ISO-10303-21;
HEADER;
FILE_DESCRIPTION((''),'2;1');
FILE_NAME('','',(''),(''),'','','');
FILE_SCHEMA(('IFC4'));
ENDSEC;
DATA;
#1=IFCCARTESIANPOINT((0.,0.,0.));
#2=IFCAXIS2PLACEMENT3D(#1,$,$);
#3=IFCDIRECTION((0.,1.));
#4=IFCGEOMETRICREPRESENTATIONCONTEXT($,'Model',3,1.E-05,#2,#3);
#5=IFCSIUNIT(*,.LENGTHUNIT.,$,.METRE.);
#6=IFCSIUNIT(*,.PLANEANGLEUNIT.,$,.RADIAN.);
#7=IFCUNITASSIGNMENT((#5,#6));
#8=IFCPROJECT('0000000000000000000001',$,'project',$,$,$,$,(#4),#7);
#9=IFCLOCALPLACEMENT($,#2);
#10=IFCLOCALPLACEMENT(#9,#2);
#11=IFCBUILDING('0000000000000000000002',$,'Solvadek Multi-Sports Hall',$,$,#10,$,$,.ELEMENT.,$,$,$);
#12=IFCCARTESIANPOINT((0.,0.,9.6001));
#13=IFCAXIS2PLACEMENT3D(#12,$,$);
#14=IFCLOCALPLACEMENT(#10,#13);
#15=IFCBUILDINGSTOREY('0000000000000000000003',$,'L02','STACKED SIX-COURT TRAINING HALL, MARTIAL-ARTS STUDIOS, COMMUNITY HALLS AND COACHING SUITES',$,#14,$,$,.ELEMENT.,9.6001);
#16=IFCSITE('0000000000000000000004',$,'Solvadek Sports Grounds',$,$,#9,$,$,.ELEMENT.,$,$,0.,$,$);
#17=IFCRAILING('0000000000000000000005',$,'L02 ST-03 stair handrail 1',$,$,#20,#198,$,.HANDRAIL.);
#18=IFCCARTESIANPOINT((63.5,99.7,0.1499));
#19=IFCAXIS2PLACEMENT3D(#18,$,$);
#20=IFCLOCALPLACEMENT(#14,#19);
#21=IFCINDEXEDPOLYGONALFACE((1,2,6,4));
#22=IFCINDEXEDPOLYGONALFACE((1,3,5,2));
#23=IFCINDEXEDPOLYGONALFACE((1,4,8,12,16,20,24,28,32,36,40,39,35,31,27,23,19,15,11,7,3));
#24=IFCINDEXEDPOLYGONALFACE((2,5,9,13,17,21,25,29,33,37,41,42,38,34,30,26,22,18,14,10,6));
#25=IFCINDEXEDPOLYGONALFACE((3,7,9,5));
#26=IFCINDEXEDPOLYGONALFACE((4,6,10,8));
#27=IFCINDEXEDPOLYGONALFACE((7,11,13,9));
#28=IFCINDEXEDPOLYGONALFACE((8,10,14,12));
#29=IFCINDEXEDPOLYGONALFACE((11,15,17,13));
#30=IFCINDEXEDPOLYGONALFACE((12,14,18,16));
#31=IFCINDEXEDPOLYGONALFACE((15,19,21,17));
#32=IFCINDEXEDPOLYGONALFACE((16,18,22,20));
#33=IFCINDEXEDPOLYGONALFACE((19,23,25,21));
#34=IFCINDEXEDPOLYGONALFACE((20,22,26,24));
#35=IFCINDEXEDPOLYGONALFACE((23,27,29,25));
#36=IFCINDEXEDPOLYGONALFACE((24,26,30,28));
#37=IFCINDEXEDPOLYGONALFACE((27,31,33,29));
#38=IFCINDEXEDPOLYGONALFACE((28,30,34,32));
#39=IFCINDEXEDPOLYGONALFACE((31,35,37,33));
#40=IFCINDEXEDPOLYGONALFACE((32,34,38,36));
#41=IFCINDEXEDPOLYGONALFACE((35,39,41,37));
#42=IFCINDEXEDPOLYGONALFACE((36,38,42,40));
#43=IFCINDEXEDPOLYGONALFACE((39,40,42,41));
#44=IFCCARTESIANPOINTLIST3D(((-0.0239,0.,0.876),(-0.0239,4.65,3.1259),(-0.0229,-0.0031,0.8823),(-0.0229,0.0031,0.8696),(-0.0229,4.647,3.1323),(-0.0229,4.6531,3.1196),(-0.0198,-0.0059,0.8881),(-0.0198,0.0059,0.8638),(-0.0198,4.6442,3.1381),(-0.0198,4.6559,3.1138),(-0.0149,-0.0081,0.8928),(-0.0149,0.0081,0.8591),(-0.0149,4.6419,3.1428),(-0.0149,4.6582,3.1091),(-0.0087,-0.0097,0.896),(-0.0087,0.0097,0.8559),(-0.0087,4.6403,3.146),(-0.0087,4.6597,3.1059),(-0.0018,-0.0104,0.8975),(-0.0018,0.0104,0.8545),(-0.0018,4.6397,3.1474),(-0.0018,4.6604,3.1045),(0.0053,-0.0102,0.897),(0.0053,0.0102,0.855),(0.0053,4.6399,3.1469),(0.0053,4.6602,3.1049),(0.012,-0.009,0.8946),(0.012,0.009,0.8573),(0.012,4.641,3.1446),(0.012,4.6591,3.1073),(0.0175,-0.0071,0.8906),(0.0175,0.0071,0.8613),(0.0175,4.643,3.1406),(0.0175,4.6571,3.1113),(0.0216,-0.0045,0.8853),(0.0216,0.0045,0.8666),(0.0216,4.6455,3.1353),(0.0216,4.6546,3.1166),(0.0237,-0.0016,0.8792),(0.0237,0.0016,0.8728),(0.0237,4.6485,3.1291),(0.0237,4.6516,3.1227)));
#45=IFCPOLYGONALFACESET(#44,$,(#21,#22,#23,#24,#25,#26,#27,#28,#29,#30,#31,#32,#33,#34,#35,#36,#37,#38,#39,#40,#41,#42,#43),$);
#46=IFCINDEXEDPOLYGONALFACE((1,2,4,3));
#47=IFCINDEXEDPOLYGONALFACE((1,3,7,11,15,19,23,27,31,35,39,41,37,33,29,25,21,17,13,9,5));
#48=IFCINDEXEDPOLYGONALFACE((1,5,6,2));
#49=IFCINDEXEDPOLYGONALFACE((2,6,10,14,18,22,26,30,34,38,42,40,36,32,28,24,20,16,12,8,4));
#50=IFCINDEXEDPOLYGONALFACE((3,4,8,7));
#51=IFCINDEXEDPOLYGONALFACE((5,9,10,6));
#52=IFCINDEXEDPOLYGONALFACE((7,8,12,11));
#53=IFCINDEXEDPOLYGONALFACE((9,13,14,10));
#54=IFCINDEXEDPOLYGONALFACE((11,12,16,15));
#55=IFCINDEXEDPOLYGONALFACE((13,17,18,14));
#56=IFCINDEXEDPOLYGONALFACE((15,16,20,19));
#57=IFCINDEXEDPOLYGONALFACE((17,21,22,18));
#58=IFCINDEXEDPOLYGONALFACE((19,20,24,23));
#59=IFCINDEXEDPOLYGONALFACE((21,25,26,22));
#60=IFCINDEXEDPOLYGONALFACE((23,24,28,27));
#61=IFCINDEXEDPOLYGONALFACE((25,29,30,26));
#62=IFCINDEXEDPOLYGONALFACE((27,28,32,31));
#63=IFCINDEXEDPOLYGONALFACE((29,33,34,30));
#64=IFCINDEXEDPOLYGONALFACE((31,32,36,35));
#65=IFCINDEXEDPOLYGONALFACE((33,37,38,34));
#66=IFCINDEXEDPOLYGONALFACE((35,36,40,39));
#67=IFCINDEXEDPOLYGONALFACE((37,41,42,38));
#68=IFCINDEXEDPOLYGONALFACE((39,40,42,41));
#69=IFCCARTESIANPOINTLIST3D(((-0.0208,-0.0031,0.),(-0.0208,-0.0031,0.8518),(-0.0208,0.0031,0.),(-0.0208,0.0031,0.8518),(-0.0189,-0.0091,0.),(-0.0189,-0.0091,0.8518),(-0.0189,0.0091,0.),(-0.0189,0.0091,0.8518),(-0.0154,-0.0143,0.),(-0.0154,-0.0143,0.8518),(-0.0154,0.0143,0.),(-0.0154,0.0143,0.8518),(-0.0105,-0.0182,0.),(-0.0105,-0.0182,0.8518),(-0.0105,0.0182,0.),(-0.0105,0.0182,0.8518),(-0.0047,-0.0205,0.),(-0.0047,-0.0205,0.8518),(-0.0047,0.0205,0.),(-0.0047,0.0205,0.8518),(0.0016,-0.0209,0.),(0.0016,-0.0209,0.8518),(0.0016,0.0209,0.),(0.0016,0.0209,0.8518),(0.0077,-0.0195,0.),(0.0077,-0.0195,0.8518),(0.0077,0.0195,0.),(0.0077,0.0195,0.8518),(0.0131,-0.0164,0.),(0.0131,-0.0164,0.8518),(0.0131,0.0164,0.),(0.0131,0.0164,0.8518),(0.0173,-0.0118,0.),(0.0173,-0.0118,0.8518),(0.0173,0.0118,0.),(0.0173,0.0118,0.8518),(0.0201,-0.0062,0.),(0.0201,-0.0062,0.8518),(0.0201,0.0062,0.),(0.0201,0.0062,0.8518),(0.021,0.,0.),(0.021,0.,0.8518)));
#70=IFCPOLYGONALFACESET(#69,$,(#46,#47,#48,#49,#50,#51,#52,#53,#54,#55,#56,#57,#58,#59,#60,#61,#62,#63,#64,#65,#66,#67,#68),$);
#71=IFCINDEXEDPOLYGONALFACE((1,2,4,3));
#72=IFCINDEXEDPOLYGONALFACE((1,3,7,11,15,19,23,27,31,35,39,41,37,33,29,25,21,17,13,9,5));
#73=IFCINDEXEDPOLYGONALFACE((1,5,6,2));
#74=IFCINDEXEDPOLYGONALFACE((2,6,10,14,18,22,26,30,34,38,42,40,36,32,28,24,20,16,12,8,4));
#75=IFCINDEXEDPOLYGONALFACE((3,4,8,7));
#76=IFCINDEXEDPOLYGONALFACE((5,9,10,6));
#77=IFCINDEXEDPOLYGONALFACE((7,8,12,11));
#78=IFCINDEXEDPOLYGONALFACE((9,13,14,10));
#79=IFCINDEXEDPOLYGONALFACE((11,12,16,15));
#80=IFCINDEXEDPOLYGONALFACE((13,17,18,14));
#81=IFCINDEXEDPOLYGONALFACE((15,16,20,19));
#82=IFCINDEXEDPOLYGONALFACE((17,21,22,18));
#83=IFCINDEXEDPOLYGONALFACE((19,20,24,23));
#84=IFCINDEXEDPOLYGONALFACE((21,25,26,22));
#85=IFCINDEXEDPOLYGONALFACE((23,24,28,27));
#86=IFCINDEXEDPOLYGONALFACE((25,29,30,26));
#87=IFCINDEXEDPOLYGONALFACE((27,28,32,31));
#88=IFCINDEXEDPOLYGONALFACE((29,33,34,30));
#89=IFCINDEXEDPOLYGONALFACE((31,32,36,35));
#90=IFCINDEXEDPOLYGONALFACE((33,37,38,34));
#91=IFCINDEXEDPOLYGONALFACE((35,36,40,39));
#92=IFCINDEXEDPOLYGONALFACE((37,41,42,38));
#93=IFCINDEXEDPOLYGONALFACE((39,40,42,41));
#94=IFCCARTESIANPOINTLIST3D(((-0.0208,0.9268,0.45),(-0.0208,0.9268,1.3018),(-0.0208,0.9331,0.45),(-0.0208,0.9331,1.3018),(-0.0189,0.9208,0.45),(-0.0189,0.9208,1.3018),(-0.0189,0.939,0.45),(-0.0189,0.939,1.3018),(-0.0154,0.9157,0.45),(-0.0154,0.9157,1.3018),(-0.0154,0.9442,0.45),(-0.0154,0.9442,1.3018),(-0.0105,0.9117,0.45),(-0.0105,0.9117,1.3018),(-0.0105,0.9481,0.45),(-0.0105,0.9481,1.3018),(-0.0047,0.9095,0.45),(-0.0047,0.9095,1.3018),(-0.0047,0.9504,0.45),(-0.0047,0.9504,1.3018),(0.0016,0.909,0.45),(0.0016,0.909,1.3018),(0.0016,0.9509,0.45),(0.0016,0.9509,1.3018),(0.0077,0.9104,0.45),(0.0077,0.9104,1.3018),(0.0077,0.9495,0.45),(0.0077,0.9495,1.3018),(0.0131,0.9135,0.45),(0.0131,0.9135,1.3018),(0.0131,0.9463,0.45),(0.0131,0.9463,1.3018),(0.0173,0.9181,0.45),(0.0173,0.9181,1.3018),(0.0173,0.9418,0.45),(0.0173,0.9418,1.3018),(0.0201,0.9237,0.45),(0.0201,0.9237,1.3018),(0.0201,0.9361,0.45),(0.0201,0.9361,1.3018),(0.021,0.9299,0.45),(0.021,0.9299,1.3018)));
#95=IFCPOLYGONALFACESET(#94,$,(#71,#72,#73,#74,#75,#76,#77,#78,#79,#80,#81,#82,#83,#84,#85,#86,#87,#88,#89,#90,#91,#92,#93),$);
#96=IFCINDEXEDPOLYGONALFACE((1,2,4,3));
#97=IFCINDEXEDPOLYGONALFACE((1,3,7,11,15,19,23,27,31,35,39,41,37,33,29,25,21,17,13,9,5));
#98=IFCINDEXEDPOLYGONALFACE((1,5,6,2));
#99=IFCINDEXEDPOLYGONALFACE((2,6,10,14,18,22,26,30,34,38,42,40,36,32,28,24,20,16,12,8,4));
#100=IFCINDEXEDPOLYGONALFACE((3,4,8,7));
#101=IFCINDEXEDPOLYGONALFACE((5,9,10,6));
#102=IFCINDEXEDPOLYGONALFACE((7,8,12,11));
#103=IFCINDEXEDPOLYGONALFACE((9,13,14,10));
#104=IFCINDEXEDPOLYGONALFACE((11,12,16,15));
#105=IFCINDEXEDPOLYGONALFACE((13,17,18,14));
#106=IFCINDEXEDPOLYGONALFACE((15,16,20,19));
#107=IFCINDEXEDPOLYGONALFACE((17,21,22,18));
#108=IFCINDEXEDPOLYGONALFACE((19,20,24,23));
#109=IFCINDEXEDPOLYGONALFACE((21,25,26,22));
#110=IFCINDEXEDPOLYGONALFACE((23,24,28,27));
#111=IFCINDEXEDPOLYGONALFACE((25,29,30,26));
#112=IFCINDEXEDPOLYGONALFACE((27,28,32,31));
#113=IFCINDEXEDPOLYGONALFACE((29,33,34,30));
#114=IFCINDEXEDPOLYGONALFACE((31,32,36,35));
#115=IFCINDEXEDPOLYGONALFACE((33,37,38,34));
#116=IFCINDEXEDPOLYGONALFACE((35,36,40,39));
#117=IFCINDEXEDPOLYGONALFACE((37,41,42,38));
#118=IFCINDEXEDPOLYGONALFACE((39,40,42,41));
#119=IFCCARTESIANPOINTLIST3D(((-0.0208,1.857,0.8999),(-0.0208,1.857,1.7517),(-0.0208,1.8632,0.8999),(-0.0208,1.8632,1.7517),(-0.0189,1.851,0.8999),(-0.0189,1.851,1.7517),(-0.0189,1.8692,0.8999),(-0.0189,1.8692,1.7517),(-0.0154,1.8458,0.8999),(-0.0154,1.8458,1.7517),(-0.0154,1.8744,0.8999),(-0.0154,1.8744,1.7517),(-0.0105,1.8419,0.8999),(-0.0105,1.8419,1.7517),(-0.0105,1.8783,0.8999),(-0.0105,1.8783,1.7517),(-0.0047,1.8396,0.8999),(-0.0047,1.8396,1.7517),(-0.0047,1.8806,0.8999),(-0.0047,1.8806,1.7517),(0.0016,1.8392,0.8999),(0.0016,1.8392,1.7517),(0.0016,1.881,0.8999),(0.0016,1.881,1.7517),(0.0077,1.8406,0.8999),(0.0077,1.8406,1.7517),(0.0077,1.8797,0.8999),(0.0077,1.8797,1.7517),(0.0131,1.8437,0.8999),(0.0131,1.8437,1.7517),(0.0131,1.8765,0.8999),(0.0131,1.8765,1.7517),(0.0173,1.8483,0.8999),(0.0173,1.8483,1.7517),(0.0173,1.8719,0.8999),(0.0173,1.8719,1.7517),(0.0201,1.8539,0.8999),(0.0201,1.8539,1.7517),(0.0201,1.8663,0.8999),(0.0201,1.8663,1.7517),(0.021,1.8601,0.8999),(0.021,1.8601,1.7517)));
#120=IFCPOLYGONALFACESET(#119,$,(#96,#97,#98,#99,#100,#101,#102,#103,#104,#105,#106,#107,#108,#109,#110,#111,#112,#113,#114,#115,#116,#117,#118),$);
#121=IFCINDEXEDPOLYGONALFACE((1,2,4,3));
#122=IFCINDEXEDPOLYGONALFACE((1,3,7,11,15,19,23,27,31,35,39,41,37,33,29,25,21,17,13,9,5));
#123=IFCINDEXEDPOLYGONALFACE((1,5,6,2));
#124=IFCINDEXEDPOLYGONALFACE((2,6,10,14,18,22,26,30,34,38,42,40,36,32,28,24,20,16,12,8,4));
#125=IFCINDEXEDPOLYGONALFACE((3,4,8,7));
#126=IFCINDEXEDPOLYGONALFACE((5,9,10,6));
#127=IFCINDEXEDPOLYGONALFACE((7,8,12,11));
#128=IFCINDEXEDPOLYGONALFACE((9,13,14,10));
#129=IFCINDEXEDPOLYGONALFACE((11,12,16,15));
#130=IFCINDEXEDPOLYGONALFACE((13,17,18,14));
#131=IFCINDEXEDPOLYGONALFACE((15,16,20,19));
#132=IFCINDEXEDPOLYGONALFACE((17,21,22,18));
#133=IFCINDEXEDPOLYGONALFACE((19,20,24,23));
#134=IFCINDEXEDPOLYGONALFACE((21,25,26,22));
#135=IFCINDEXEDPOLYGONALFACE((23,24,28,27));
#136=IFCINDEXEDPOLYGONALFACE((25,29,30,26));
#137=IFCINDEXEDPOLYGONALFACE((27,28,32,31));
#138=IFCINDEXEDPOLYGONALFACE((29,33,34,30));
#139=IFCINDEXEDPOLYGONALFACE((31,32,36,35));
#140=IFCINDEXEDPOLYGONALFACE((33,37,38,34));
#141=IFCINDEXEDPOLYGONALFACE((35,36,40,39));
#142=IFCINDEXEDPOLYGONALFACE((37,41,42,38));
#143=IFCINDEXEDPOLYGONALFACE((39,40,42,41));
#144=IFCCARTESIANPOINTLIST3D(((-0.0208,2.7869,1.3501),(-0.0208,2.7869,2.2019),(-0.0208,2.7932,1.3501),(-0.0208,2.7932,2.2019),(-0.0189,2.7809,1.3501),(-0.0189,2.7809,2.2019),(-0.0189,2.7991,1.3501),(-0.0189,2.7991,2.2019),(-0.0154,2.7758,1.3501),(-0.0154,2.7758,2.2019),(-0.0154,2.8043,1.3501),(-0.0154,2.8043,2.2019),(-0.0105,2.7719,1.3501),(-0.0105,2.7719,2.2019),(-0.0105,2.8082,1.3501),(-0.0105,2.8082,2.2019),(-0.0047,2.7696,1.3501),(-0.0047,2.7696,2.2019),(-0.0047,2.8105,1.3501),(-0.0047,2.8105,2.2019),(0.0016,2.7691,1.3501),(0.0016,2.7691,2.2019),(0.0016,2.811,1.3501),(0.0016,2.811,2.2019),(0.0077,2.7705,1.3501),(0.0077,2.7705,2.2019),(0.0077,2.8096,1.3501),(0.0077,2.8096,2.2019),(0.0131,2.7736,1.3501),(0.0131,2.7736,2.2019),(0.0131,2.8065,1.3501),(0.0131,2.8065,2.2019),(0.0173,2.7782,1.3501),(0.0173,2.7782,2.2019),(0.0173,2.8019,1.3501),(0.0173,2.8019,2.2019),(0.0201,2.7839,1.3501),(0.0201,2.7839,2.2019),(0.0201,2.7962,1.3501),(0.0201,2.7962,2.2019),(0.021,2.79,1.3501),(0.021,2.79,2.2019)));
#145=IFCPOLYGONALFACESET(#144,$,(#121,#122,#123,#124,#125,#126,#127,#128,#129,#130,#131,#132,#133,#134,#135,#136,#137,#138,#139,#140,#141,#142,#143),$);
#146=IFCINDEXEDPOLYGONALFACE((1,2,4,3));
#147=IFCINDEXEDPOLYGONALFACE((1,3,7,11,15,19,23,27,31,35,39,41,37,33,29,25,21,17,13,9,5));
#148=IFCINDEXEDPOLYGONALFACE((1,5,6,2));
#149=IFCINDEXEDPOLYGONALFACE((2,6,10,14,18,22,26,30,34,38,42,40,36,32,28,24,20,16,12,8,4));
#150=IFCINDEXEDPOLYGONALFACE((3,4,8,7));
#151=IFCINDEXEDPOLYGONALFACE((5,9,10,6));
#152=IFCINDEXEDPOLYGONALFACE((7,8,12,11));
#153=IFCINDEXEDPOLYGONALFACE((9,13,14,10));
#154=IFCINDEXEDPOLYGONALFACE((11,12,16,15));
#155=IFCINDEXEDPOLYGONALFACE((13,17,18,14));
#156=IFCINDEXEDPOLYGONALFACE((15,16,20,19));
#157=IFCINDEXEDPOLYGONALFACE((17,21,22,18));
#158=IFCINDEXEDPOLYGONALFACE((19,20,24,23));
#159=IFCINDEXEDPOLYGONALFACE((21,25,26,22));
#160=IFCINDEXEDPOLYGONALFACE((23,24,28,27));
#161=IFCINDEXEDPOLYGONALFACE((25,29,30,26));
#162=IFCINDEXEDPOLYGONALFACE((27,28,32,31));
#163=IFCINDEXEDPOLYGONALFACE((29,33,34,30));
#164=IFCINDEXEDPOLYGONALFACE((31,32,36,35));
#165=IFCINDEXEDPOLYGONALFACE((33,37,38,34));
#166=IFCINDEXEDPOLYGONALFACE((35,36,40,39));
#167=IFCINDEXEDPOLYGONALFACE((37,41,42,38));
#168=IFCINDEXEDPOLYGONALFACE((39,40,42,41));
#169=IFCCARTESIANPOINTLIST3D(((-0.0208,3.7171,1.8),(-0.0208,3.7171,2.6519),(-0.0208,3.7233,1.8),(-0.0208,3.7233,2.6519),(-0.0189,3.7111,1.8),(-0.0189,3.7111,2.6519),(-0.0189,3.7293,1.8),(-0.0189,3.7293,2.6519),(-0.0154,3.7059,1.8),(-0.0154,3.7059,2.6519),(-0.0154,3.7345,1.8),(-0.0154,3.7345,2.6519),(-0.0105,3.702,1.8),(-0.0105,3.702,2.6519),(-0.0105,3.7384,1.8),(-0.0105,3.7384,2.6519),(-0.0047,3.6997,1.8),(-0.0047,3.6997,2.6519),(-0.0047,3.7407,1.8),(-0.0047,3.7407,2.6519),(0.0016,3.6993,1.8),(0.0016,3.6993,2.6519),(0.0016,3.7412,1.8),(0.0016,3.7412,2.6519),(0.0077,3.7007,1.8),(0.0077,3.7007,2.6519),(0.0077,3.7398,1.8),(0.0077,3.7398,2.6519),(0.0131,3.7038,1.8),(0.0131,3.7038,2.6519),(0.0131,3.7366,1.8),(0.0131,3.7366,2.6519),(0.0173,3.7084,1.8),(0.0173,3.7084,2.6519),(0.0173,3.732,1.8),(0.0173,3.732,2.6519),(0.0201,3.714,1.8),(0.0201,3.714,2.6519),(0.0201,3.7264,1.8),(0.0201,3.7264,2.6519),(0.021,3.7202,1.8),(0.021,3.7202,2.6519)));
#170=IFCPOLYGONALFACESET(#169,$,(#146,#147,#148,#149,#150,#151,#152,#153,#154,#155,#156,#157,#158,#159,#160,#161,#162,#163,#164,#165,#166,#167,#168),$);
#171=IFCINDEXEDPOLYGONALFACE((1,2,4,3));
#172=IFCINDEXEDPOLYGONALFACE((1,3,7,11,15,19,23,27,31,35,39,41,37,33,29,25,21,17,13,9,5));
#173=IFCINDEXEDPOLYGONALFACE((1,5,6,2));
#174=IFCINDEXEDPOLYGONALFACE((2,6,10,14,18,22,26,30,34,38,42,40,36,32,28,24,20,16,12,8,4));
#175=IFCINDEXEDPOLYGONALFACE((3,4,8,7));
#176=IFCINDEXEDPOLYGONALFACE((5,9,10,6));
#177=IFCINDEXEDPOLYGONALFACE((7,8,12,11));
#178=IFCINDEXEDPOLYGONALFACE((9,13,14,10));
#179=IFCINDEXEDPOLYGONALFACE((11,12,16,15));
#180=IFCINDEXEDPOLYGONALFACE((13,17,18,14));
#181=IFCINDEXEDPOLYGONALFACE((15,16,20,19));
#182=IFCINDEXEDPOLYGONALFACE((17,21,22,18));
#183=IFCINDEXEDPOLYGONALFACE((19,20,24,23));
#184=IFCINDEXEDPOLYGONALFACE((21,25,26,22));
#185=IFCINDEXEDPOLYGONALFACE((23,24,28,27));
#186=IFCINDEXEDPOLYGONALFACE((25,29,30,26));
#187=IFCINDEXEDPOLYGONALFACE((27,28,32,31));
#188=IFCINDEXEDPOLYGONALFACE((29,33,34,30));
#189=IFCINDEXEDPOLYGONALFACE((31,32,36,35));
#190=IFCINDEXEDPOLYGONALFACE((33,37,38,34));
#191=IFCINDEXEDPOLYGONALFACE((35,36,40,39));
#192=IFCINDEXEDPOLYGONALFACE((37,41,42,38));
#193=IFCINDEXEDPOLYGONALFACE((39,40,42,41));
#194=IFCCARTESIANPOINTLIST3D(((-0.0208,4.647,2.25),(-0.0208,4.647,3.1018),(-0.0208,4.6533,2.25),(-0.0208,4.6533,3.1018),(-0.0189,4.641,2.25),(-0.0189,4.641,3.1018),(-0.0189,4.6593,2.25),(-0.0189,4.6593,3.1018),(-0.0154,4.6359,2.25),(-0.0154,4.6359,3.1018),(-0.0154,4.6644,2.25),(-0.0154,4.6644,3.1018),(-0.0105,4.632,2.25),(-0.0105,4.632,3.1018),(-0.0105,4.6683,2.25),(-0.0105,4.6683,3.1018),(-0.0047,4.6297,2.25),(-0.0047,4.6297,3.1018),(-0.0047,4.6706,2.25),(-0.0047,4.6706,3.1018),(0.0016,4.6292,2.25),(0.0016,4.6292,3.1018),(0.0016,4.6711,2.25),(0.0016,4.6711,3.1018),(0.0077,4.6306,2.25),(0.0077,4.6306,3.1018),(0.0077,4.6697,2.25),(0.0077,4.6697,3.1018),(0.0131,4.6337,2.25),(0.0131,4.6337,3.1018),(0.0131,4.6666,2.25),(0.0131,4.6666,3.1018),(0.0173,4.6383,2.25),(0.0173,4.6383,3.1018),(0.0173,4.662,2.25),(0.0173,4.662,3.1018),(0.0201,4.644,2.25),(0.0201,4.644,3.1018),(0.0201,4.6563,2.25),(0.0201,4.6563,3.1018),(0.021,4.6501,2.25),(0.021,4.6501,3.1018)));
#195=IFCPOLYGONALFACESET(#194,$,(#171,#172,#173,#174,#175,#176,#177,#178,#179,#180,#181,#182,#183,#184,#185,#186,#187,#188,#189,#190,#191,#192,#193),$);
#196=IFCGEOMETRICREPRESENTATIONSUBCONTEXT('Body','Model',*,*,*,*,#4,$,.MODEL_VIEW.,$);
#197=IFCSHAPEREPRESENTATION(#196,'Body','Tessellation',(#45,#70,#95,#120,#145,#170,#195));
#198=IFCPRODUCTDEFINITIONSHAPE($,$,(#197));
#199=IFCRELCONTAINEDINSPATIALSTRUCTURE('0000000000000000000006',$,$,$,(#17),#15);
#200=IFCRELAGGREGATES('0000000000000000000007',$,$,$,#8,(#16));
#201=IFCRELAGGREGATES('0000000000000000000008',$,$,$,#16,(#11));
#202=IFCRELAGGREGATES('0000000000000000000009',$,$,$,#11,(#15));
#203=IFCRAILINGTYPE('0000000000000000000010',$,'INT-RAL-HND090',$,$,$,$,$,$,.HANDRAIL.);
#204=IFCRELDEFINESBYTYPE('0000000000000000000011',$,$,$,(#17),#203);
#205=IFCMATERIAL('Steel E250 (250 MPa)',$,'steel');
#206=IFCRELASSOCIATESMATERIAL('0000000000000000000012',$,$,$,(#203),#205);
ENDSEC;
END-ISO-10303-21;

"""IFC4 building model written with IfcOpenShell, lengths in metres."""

from ifc_helpers import new_model, si_unit, direction, frame, origin, origin_2d, place, context, subcontext, project, spatial, circle, extrude, material, type_object, element, save


model = new_model("IFC4")

# Units and contexts
model_context = context("Model", 3, precision=1e-05, world=origin(), true_north=direction((0.0, 1.0)))
body_context = subcontext(model_context, "Body", "Model", "MODEL_VIEW")
ifc_project = project(units=[si_unit("LENGTHUNIT", "METRE"), si_unit("PLANEANGLEUNIT", "RADIAN")], contexts=[model_context])

# Site, building, storey
site_placement = place(None, origin())
site = spatial("IfcSite", under=ifc_project, at=site_placement, Name="Solvadek Sports Grounds", CompositionType="ELEMENT", RefElevation=0.0)
building_placement = place(site_placement, origin())
building = spatial("IfcBuilding", under=site, at=building_placement, Name="Solvadek Multi-Sports Hall", CompositionType="ELEMENT")
storey_placement = place(building_placement, frame((0.0, 0.0, 9.6001)))
storey = spatial("IfcBuildingStorey", under=building, at=storey_placement, Name="L02", Description="STACKED SIX-COURT TRAINING HALL, MARTIAL-ARTS STUDIOS, COMMUNITY HALLS AND COACHING SUITES", CompositionType="ELEMENT", Elevation=9.6001)

# Shared definitions
ifc_material_1 = material(Name="Steel E250 (250 MPa)", Category="steel")

# Railing
railing_type_1 = type_object("IfcRailingType", Name="INT-RAL-HND090", PredefinedType="HANDRAIL", material=ifc_material_1)
railing_1_placement = place(storey_placement, frame((63.5, 99.7, 0.1499)))
element("IfcRailing", 1, at=railing_1_placement, inside=storey, type_object=railing_type_1, Name="L02 ST-03 stair handrail 1", PredefinedType="HANDRAIL", context=body_context, shape_type="SweptSolid", body=[
    extrude(circle(Radius=0.0239, at=origin_2d()), frame((0.0, 0.0, 0.876), z_axis=(0.0, 0.900165, 0.43555), x_axis=(-1.0, 0.0, 0.0)), (0.0, 0.0, 1.0), 5.1658),
    extrude(circle(Radius=0.021, at=origin_2d()), origin(), (0.0, 0.0, 1.0), 0.8518),
    extrude(circle(Radius=0.021, at=origin_2d()), frame((0.0, 0.9299, 0.45)), (0.0, 0.0, 1.0), 0.8518),
    extrude(circle(Radius=0.021, at=origin_2d()), frame((0.0, 1.8601, 0.8999)), (0.0, 0.0, 1.0), 0.8518),
    extrude(circle(Radius=0.021, at=origin_2d()), frame((0.0, 2.79, 1.3501)), (0.0, 0.0, 1.0), 0.8518),
    extrude(circle(Radius=0.021, at=origin_2d()), frame((0.0, 3.7202, 1.8)), (0.0, 0.0, 1.0), 0.8518),
    extrude(circle(Radius=0.021, at=origin_2d()), frame((0.0, 4.6501, 2.25)), (0.0, 0.0, 1.0), 0.8518),
])

save(model, "model.ifc")
